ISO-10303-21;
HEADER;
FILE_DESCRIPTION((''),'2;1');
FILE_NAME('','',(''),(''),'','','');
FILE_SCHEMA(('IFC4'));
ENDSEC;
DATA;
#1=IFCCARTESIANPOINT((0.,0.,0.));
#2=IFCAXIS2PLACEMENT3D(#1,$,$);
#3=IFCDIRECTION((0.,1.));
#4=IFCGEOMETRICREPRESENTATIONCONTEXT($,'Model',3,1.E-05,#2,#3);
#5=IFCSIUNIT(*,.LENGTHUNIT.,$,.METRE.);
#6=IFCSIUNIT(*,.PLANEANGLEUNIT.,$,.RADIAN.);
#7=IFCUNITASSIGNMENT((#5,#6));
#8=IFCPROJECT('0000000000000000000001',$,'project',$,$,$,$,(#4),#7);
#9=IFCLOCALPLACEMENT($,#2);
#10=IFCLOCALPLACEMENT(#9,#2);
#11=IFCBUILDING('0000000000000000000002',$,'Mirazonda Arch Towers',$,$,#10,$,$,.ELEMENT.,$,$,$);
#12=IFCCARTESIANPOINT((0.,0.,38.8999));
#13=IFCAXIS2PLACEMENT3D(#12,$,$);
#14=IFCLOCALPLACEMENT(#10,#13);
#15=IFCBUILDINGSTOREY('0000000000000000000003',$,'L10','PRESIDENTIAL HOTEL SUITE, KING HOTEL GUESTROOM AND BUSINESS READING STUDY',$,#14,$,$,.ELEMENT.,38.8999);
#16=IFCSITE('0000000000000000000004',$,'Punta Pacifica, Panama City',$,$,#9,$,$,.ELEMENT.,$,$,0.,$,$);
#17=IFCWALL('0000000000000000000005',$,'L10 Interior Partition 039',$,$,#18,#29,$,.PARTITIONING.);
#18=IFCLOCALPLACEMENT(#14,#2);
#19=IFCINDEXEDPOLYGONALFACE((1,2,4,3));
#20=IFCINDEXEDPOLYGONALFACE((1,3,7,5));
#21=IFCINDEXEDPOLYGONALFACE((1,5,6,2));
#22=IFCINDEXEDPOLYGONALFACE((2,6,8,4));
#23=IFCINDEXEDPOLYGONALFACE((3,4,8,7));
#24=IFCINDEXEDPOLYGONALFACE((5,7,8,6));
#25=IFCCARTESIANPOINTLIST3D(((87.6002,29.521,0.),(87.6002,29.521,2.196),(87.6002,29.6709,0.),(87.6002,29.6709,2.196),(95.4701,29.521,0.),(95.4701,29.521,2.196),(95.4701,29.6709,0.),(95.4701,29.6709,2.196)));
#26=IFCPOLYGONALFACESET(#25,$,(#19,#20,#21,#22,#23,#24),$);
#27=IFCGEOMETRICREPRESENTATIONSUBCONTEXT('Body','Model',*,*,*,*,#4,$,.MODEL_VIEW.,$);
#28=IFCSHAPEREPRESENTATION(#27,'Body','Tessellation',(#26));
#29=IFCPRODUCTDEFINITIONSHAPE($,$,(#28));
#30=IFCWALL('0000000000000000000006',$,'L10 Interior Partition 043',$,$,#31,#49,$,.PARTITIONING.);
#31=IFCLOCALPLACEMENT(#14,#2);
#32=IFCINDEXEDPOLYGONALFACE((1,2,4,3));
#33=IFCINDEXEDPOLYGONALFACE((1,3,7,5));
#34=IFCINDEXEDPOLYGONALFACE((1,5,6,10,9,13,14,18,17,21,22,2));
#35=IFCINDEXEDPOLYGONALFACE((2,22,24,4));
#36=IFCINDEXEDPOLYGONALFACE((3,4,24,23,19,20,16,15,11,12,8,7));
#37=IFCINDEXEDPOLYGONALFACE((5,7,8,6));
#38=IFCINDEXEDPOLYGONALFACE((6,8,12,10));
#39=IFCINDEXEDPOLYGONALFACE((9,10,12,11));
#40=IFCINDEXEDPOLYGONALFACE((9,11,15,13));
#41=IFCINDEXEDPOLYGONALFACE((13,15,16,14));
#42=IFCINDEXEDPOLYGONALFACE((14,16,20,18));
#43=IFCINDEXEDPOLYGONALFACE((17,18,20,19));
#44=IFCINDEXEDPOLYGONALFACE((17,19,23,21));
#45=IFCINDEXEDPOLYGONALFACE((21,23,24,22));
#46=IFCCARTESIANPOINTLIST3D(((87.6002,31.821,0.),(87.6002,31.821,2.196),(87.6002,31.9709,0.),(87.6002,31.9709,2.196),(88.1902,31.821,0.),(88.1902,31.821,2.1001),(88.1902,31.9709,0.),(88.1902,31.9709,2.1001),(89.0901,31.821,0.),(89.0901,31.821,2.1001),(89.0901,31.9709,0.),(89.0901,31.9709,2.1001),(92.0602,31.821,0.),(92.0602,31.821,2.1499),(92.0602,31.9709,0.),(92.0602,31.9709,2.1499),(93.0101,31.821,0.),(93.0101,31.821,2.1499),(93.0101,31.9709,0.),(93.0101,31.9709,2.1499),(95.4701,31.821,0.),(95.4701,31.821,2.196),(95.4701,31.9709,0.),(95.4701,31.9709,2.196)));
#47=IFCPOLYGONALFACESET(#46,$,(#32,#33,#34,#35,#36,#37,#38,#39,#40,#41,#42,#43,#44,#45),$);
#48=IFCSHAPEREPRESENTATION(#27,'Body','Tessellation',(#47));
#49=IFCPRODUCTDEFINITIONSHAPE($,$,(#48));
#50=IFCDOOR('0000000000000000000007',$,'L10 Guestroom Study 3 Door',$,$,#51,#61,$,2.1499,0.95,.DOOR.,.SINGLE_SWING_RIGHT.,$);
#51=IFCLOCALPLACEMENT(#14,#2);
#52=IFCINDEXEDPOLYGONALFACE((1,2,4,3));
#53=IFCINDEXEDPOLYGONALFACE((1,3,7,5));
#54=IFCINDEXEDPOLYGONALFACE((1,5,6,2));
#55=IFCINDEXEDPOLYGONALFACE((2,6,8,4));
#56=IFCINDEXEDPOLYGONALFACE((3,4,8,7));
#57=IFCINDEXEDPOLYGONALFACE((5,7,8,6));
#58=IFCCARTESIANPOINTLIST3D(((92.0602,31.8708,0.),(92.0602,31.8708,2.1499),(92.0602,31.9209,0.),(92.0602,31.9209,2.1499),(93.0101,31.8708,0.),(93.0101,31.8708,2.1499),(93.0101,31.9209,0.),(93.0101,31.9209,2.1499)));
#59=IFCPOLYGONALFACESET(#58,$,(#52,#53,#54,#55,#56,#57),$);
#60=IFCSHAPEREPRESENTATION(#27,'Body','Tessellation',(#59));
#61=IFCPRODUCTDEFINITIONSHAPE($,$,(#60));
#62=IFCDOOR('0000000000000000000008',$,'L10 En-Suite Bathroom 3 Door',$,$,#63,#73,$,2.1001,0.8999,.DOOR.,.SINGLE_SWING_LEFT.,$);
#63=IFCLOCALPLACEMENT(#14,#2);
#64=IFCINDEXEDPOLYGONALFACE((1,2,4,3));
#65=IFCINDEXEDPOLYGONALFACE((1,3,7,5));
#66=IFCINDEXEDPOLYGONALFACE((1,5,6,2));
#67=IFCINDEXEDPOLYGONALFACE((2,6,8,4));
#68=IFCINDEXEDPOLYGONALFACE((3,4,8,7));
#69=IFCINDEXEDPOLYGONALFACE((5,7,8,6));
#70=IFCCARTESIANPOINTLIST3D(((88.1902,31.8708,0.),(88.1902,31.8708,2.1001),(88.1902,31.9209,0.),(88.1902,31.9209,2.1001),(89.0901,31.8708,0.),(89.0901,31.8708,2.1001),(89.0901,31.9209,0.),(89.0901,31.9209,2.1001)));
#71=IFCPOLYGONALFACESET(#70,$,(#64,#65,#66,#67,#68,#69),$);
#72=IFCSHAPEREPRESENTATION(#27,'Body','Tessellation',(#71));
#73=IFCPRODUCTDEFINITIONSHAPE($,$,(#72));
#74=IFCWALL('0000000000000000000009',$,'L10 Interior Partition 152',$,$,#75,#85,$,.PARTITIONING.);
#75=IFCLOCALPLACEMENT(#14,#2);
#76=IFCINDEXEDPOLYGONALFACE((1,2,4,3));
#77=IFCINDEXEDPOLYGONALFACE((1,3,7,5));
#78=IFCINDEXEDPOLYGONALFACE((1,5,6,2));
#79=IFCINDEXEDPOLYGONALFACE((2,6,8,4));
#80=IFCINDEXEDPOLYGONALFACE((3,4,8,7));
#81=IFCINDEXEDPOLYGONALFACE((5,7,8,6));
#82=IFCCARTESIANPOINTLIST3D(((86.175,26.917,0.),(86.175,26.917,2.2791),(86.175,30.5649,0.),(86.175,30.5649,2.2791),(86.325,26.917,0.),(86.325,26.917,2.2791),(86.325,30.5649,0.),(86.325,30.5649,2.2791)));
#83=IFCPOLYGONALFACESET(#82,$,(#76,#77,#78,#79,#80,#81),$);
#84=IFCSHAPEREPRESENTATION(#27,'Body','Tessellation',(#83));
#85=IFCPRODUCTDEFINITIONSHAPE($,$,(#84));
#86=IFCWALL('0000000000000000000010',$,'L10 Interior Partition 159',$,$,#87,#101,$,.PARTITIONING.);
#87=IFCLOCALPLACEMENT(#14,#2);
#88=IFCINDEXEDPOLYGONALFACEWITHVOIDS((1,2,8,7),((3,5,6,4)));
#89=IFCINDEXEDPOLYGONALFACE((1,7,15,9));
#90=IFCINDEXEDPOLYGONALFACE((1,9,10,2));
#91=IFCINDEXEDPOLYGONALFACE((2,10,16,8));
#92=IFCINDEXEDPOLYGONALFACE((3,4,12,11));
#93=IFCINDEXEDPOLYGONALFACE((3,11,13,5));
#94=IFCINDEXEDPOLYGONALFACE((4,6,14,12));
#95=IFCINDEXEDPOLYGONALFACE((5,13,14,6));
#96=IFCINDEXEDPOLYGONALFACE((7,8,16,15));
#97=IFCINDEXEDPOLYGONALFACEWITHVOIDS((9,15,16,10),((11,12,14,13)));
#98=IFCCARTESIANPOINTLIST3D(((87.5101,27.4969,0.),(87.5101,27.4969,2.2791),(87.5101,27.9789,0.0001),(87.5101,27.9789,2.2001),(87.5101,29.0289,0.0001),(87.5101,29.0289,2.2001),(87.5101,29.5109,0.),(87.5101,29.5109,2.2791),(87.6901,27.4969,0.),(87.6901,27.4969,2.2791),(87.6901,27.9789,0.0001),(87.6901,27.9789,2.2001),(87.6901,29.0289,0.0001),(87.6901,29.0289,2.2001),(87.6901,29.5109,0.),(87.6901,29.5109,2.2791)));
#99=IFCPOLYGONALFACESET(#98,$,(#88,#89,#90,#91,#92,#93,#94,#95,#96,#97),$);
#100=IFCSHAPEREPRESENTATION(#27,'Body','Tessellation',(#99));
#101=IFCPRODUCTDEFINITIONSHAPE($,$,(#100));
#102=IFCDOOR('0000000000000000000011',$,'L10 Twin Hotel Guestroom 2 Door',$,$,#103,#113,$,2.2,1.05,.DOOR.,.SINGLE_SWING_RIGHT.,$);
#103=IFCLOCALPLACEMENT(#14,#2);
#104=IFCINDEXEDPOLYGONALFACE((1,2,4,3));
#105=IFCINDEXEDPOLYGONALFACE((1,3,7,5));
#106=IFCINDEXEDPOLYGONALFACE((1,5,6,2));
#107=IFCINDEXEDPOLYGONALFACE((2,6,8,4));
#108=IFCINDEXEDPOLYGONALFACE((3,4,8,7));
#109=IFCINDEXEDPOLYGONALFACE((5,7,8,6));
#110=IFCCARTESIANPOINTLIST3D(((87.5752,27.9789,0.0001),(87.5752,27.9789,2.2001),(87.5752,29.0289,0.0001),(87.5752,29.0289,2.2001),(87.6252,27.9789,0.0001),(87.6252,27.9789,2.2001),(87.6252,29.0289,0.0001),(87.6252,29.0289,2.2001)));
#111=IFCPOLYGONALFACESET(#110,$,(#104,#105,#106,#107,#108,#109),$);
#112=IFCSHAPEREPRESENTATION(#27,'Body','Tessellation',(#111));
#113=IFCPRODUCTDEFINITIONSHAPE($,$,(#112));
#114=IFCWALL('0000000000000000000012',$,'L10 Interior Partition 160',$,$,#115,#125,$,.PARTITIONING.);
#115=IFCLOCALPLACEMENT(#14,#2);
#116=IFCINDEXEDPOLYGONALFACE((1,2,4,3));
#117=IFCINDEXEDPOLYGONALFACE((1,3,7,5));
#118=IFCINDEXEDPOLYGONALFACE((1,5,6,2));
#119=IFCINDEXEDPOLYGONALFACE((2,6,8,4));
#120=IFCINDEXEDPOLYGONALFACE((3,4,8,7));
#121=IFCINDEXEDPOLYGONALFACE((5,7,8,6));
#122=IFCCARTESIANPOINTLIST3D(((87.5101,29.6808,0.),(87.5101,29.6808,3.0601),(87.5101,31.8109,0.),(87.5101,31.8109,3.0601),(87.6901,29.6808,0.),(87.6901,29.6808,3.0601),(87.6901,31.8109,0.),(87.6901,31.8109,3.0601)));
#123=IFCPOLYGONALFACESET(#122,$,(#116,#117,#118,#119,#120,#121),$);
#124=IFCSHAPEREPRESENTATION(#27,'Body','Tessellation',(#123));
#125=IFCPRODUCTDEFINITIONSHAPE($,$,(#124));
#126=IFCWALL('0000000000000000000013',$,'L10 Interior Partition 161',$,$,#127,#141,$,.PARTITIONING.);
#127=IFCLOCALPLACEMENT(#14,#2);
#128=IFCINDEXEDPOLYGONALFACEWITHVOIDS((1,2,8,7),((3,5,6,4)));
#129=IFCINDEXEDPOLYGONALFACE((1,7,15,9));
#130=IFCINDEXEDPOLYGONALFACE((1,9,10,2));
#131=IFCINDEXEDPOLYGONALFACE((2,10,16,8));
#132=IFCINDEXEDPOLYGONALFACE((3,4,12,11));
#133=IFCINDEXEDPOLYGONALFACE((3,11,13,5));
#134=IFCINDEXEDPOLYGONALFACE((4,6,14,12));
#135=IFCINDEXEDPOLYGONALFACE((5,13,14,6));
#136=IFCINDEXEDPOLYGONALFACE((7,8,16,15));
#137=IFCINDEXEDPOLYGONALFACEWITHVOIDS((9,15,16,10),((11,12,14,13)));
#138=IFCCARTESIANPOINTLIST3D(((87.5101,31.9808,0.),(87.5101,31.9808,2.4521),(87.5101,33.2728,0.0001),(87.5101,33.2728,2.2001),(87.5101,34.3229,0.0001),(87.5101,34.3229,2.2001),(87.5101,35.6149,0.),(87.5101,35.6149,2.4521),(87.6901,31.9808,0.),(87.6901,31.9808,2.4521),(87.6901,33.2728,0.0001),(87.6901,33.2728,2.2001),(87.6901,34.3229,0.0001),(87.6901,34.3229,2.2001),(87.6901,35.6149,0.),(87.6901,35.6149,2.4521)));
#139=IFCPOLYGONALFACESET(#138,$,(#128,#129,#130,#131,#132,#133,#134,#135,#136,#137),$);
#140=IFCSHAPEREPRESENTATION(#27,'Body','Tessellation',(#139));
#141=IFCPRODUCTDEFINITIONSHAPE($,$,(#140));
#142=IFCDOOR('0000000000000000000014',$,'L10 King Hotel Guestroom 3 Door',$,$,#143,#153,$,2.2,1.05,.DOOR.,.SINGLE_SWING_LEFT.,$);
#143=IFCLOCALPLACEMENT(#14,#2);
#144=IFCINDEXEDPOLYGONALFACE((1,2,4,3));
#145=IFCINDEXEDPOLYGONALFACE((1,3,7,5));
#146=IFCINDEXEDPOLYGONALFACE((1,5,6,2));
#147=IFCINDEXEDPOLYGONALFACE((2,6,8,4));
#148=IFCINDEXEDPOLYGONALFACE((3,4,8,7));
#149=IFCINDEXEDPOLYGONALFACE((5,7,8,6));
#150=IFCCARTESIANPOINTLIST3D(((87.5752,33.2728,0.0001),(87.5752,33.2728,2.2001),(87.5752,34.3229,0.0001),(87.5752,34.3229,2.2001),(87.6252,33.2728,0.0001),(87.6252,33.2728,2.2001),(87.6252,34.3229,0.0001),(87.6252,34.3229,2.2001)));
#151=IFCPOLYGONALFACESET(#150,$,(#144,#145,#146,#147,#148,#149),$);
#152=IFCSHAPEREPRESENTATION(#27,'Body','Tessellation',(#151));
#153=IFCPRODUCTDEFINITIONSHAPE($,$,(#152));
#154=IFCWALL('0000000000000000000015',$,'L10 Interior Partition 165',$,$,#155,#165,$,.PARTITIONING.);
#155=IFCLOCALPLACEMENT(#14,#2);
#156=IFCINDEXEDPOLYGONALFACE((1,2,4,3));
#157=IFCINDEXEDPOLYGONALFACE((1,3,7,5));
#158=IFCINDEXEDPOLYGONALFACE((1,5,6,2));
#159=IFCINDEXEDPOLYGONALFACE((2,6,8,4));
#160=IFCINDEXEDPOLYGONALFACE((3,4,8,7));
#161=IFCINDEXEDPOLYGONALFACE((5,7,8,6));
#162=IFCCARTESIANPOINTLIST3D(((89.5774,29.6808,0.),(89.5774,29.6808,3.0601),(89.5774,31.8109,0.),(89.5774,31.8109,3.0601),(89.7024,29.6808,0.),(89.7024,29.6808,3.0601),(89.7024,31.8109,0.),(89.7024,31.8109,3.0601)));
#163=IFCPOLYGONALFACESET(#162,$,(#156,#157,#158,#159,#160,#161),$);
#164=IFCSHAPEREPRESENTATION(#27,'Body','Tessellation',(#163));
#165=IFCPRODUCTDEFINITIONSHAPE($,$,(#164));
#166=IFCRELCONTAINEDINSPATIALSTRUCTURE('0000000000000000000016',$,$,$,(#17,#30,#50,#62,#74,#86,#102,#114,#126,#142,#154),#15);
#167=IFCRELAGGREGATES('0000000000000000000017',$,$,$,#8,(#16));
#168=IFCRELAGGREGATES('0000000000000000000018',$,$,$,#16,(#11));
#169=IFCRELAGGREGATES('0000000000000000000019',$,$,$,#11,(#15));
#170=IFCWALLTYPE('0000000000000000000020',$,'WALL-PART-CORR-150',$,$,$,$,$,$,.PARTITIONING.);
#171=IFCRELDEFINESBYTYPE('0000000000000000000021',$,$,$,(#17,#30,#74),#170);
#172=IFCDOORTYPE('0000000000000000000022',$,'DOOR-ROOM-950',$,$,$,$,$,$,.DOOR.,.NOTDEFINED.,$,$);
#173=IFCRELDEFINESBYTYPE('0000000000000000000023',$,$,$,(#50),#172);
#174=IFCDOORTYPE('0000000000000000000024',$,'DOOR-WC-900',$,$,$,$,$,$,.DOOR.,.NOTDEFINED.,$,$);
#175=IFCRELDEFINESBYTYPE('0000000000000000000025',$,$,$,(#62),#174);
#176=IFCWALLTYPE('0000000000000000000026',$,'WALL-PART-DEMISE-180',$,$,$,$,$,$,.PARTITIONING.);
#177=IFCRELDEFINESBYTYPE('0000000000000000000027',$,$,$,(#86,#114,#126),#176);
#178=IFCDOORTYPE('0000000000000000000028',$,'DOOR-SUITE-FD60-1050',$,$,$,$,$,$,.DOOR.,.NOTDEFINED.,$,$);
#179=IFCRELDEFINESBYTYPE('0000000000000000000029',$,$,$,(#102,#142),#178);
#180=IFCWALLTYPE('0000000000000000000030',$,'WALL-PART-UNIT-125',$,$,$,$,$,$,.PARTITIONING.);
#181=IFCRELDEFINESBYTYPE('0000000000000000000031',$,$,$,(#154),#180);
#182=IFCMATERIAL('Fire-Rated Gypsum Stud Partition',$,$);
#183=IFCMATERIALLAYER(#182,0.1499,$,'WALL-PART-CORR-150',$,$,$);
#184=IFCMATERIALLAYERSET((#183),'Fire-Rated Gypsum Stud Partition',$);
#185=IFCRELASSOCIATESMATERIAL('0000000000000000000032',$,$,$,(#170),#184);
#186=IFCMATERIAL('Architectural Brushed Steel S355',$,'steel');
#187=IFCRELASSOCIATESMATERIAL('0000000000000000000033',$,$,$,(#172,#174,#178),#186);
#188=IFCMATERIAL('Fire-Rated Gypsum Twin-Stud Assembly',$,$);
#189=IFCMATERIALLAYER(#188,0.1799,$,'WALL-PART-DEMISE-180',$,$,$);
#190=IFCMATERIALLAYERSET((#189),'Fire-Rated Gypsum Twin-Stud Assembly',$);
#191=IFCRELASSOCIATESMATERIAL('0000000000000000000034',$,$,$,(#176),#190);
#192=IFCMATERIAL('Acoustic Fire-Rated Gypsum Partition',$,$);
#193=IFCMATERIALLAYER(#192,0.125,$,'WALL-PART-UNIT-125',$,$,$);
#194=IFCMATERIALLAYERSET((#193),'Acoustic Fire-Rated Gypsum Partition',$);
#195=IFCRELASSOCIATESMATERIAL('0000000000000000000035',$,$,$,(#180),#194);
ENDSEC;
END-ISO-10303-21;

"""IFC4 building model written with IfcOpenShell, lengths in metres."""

from ifc_helpers import new_model, si_unit, direction, frame, frame_2d, origin, place, context, subcontext, project, spatial, rectangle, extrude, material, layer, layer_set, type_object, element, fill, save


model = new_model("IFC4")

# Units and contexts
model_context = context("Model", 3, precision=1e-05, world=origin(), true_north=direction((0.0, 1.0)))
body_context = subcontext(model_context, "Body", "Model", "MODEL_VIEW")
ifc_project = project(units=[si_unit("LENGTHUNIT", "METRE"), si_unit("PLANEANGLEUNIT", "RADIAN")], contexts=[model_context])

# Site, building, storey
site_placement = place(None, origin())
site = spatial("IfcSite", under=ifc_project, at=site_placement, Name="Punta Pacifica, Panama City", CompositionType="ELEMENT", RefElevation=0.0)
building_placement = place(site_placement, origin())
building = spatial("IfcBuilding", under=site, at=building_placement, Name="Mirazonda Arch Towers", CompositionType="ELEMENT")
storey_placement = place(building_placement, frame((0.0, 0.0, 38.8999)))
storey = spatial("IfcBuildingStorey", under=building, at=storey_placement, Name="L10", Description="PRESIDENTIAL HOTEL SUITE, KING HOTEL GUESTROOM AND BUSINESS READING STUDY", CompositionType="ELEMENT", Elevation=38.8999)

# Shared definitions
ifc_material_1 = material(Name="Fire-Rated Gypsum Stud Partition")
ifc_layer_1 = layer(ifc_material_1, 0.1499, Name="WALL-PART-CORR-150")
ifc_layer_set_1 = layer_set([ifc_layer_1], Name="Fire-Rated Gypsum Stud Partition")
wall_type_1 = type_object("IfcWallType", Name="WALL-PART-CORR-150", PredefinedType="PARTITIONING", material=ifc_layer_set_1)
ifc_material_2 = material(Name="Architectural Brushed Steel S355", Category="steel")
door_type_1 = type_object("IfcDoorType", Name="DOOR-ROOM-950", OperationType="NOTDEFINED", PredefinedType="DOOR", material=ifc_material_2)
door_type_2 = type_object("IfcDoorType", Name="DOOR-WC-900", OperationType="NOTDEFINED", PredefinedType="DOOR", material=ifc_material_2)

# Wall
wall_1_placement = place(storey_placement, frame((87.6001, 29.5959, 0.0), z_axis=(0.0, 0.0, 1.0), x_axis=(1.0, 0.0, 0.0)))
element("IfcWall", 1, at=wall_1_placement, inside=storey, type_object=wall_type_1, Name="L10 Interior Partition 039", PredefinedType="PARTITIONING", context=body_context, shape_type="SweptSolid", body=[
    extrude(rectangle(XDim=7.8699, YDim=0.1499, at=frame_2d((3.9351, 0.0))), origin(), (0.0, 0.0, 1.0), 2.196),
])

# Wall, openings, doors
wall_2_placement = place(storey_placement, frame((87.6001, 31.896, 0.0), z_axis=(0.0, 0.0, 1.0), x_axis=(1.0, 0.0, 0.0)))
wall_2 = element("IfcWall", 2, at=wall_2_placement, inside=storey, type_object=wall_type_1, Name="L10 Interior Partition 043", PredefinedType="PARTITIONING", context=body_context, shape_type="SweptSolid", body=[
    extrude(rectangle(XDim=7.8699, YDim=0.1499, at=frame_2d((3.9351, 0.0))), origin(), (0.0, 0.0, 1.0), 2.196),
])
opening_1_placement = place(wall_2_placement, frame((4.46, 0.0, 0.0)))
opening_1 = element("IfcOpeningElement", 3, at=opening_1_placement, cuts=wall_2, PredefinedType="OPENING", context=body_context, shape_type="SweptSolid", body=[
    extrude(rectangle(XDim=0.95, YDim=2.1499, at=frame_2d((0.4751, 1.075))), frame((0.0, 0.085, 0.0), z_axis=(0.0, -1.0, 0.0), x_axis=(1.0, 0.0, 0.0)), (0.0, 0.0, 1.0), 0.1699),
])
opening_2_placement = place(wall_2_placement, frame((0.5901, 0.0, 0.0)))
opening_2 = element("IfcOpeningElement", 4, at=opening_2_placement, cuts=wall_2, PredefinedType="OPENING", context=body_context, shape_type="SweptSolid", body=[
    extrude(rectangle(XDim=0.8999, YDim=2.1001, at=frame_2d((0.45, 1.05))), frame((0.0, 0.085, 0.0), z_axis=(0.0, -1.0, 0.0), x_axis=(1.0, 0.0, 0.0)), (0.0, 0.0, 1.0), 0.1699),
])
door_1_placement = place(opening_1_placement, origin())
door_1 = element("IfcDoor", 5, at=door_1_placement, inside=storey, type_object=door_type_1, Name="L10 Guestroom Study 3 Door", OperationType="SINGLE_SWING_RIGHT", OverallHeight=2.1499, OverallWidth=0.95, PredefinedType="DOOR", context=body_context, shape_type="SweptSolid", body=[
    extrude(rectangle(XDim=0.95, YDim=2.1499, at=frame_2d((0.4751, 1.075))), frame((0.0, 0.0249, 0.0), z_axis=(0.0, -1.0, 0.0), x_axis=(1.0, 0.0, 0.0)), (0.0, 0.0, 1.0), 0.05),
])
fill(opening_1, door_1)
door_2_placement = place(opening_2_placement, origin())
door_2 = element("IfcDoor", 6, at=door_2_placement, inside=storey, type_object=door_type_2, Name="L10 En-Suite Bathroom 3 Door", OperationType="SINGLE_SWING_LEFT", OverallHeight=2.1001, OverallWidth=0.8999, PredefinedType="DOOR", context=body_context, shape_type="SweptSolid", body=[
    extrude(rectangle(XDim=0.8999, YDim=2.1001, at=frame_2d((0.45, 1.05))), frame((0.0, 0.0249, 0.0), z_axis=(0.0, -1.0, 0.0), x_axis=(1.0, 0.0, 0.0)), (0.0, 0.0, 1.0), 0.05),
])
fill(opening_2, door_2)

# Wall
wall_3_placement = place(storey_placement, frame((86.25, 26.917, 0.0), z_axis=(0.0, 0.0, 1.0), x_axis=(0.0, 1.0, 0.0)))
element("IfcWall", 7, at=wall_3_placement, inside=storey, type_object=wall_type_1, Name="L10 Interior Partition 152", PredefinedType="PARTITIONING", context=body_context, shape_type="SweptSolid", body=[
    extrude(rectangle(XDim=3.6479, YDim=0.1499, at=frame_2d((1.824, 0.0))), origin(), (0.0, 0.0, 1.0), 2.2791),
])

# Wall, opening, door
ifc_material_3 = material(Name="Fire-Rated Gypsum Twin-Stud Assembly")
ifc_layer_2 = layer(ifc_material_3, 0.1799, Name="WALL-PART-DEMISE-180")
ifc_layer_set_2 = layer_set([ifc_layer_2], Name="Fire-Rated Gypsum Twin-Stud Assembly")
wall_type_2 = type_object("IfcWallType", Name="WALL-PART-DEMISE-180", PredefinedType="PARTITIONING", material=ifc_layer_set_2)
wall_4_placement = place(storey_placement, frame((87.6001, 27.4971, 0.0), z_axis=(0.0, 0.0, 1.0), x_axis=(0.0, 1.0, 0.0)))
wall_4 = element("IfcWall", 8, at=wall_4_placement, inside=storey, type_object=wall_type_2, Name="L10 Interior Partition 159", PredefinedType="PARTITIONING", context=body_context, shape_type="SweptSolid", body=[
    extrude(rectangle(XDim=2.0139, YDim=0.1799, at=frame_2d((1.0068, 0.0))), origin(), (0.0, 0.0, 1.0), 2.2791),
])
opening_3_placement = place(wall_4_placement, frame((0.4819, 0.0, 0.0)))
opening_3 = element("IfcOpeningElement", 9, at=opening_3_placement, cuts=wall_4, PredefinedType="OPENING", context=body_context, shape_type="SweptSolid", body=[
    extrude(rectangle(XDim=1.05, YDim=2.2, at=frame_2d((0.5249, 1.1001))), frame((0.0, 0.0999, 0.0), z_axis=(0.0, -1.0, 0.0), x_axis=(1.0, 0.0, 0.0)), (0.0, 0.0, 1.0), 0.2),
])
door_type_3 = type_object("IfcDoorType", Name="DOOR-SUITE-FD60-1050", OperationType="NOTDEFINED", PredefinedType="DOOR", material=ifc_material_2)
door_3_placement = place(opening_3_placement, origin())
door_3 = element("IfcDoor", 10, at=door_3_placement, inside=storey, type_object=door_type_3, Name="L10 Twin Hotel Guestroom 2 Door", OperationType="SINGLE_SWING_RIGHT", OverallHeight=2.2, OverallWidth=1.05, PredefinedType="DOOR", context=body_context, shape_type="SweptSolid", body=[
    extrude(rectangle(XDim=1.05, YDim=2.2, at=frame_2d((0.5249, 1.1001))), frame((0.0, 0.0249, 0.0), z_axis=(0.0, -1.0, 0.0), x_axis=(1.0, 0.0, 0.0)), (0.0, 0.0, 1.0), 0.05),
])
fill(opening_3, door_3)

# Wall
wall_5_placement = place(storey_placement, frame((87.6001, 29.6809, 0.0), z_axis=(0.0, 0.0, 1.0), x_axis=(0.0, 1.0, 0.0)))
element("IfcWall", 11, at=wall_5_placement, inside=storey, type_object=wall_type_2, Name="L10 Interior Partition 160", PredefinedType="PARTITIONING", context=body_context, shape_type="SweptSolid", body=[
    extrude(rectangle(XDim=2.1301, YDim=0.1799, at=frame_2d((1.0649, 0.0))), origin(), (0.0, 0.0, 1.0), 3.0601),
])

# Wall, opening, door
wall_6_placement = place(storey_placement, frame((87.6001, 31.981, 0.0), z_axis=(0.0, 0.0, 1.0), x_axis=(0.0, 1.0, 0.0)))
wall_6 = element("IfcWall", 12, at=wall_6_placement, inside=storey, type_object=wall_type_2, Name="L10 Interior Partition 161", PredefinedType="PARTITIONING", context=body_context, shape_type="SweptSolid", body=[
    extrude(rectangle(XDim=3.634, YDim=0.1799, at=frame_2d((1.8169, 0.0))), origin(), (0.0, 0.0, 1.0), 2.4521),
])
opening_4_placement = place(wall_6_placement, frame((1.292, 0.0, 0.0)))
opening_4 = element("IfcOpeningElement", 13, at=opening_4_placement, cuts=wall_6, PredefinedType="OPENING", context=body_context, shape_type="SweptSolid", body=[
    extrude(rectangle(XDim=1.05, YDim=2.2, at=frame_2d((0.5249, 1.1001))), frame((0.0, 0.0999, 0.0), z_axis=(0.0, -1.0, 0.0), x_axis=(1.0, 0.0, 0.0)), (0.0, 0.0, 1.0), 0.2),
])
door_4_placement = place(opening_4_placement, origin())
door_4 = element("IfcDoor", 14, at=door_4_placement, inside=storey, type_object=door_type_3, Name="L10 King Hotel Guestroom 3 Door", OperationType="SINGLE_SWING_LEFT", OverallHeight=2.2, OverallWidth=1.05, PredefinedType="DOOR", context=body_context, shape_type="SweptSolid", body=[
    extrude(rectangle(XDim=1.05, YDim=2.2, at=frame_2d((0.5249, 1.1001))), frame((0.0, 0.0249, 0.0), z_axis=(0.0, -1.0, 0.0), x_axis=(1.0, 0.0, 0.0)), (0.0, 0.0, 1.0), 0.05),
])
fill(opening_4, door_4)

# Wall
ifc_material_4 = material(Name="Acoustic Fire-Rated Gypsum Partition")
ifc_layer_3 = layer(ifc_material_4, 0.125, Name="WALL-PART-UNIT-125")
ifc_layer_set_3 = layer_set([ifc_layer_3], Name="Acoustic Fire-Rated Gypsum Partition")
wall_type_3 = type_object("IfcWallType", Name="WALL-PART-UNIT-125", PredefinedType="PARTITIONING", material=ifc_layer_set_3)
wall_7_placement = place(storey_placement, frame((89.6399, 29.6809, 0.0), z_axis=(0.0, 0.0, 1.0), x_axis=(0.0, 1.0, 0.0)))
element("IfcWall", 15, at=wall_7_placement, inside=storey, type_object=wall_type_3, Name="L10 Interior Partition 165", PredefinedType="PARTITIONING", context=body_context, shape_type="SweptSolid", body=[
    extrude(rectangle(XDim=2.1301, YDim=0.125, at=frame_2d((1.0649, 0.0))), origin(), (0.0, 0.0, 1.0), 3.0601),
])

save(model, "model.ifc")
